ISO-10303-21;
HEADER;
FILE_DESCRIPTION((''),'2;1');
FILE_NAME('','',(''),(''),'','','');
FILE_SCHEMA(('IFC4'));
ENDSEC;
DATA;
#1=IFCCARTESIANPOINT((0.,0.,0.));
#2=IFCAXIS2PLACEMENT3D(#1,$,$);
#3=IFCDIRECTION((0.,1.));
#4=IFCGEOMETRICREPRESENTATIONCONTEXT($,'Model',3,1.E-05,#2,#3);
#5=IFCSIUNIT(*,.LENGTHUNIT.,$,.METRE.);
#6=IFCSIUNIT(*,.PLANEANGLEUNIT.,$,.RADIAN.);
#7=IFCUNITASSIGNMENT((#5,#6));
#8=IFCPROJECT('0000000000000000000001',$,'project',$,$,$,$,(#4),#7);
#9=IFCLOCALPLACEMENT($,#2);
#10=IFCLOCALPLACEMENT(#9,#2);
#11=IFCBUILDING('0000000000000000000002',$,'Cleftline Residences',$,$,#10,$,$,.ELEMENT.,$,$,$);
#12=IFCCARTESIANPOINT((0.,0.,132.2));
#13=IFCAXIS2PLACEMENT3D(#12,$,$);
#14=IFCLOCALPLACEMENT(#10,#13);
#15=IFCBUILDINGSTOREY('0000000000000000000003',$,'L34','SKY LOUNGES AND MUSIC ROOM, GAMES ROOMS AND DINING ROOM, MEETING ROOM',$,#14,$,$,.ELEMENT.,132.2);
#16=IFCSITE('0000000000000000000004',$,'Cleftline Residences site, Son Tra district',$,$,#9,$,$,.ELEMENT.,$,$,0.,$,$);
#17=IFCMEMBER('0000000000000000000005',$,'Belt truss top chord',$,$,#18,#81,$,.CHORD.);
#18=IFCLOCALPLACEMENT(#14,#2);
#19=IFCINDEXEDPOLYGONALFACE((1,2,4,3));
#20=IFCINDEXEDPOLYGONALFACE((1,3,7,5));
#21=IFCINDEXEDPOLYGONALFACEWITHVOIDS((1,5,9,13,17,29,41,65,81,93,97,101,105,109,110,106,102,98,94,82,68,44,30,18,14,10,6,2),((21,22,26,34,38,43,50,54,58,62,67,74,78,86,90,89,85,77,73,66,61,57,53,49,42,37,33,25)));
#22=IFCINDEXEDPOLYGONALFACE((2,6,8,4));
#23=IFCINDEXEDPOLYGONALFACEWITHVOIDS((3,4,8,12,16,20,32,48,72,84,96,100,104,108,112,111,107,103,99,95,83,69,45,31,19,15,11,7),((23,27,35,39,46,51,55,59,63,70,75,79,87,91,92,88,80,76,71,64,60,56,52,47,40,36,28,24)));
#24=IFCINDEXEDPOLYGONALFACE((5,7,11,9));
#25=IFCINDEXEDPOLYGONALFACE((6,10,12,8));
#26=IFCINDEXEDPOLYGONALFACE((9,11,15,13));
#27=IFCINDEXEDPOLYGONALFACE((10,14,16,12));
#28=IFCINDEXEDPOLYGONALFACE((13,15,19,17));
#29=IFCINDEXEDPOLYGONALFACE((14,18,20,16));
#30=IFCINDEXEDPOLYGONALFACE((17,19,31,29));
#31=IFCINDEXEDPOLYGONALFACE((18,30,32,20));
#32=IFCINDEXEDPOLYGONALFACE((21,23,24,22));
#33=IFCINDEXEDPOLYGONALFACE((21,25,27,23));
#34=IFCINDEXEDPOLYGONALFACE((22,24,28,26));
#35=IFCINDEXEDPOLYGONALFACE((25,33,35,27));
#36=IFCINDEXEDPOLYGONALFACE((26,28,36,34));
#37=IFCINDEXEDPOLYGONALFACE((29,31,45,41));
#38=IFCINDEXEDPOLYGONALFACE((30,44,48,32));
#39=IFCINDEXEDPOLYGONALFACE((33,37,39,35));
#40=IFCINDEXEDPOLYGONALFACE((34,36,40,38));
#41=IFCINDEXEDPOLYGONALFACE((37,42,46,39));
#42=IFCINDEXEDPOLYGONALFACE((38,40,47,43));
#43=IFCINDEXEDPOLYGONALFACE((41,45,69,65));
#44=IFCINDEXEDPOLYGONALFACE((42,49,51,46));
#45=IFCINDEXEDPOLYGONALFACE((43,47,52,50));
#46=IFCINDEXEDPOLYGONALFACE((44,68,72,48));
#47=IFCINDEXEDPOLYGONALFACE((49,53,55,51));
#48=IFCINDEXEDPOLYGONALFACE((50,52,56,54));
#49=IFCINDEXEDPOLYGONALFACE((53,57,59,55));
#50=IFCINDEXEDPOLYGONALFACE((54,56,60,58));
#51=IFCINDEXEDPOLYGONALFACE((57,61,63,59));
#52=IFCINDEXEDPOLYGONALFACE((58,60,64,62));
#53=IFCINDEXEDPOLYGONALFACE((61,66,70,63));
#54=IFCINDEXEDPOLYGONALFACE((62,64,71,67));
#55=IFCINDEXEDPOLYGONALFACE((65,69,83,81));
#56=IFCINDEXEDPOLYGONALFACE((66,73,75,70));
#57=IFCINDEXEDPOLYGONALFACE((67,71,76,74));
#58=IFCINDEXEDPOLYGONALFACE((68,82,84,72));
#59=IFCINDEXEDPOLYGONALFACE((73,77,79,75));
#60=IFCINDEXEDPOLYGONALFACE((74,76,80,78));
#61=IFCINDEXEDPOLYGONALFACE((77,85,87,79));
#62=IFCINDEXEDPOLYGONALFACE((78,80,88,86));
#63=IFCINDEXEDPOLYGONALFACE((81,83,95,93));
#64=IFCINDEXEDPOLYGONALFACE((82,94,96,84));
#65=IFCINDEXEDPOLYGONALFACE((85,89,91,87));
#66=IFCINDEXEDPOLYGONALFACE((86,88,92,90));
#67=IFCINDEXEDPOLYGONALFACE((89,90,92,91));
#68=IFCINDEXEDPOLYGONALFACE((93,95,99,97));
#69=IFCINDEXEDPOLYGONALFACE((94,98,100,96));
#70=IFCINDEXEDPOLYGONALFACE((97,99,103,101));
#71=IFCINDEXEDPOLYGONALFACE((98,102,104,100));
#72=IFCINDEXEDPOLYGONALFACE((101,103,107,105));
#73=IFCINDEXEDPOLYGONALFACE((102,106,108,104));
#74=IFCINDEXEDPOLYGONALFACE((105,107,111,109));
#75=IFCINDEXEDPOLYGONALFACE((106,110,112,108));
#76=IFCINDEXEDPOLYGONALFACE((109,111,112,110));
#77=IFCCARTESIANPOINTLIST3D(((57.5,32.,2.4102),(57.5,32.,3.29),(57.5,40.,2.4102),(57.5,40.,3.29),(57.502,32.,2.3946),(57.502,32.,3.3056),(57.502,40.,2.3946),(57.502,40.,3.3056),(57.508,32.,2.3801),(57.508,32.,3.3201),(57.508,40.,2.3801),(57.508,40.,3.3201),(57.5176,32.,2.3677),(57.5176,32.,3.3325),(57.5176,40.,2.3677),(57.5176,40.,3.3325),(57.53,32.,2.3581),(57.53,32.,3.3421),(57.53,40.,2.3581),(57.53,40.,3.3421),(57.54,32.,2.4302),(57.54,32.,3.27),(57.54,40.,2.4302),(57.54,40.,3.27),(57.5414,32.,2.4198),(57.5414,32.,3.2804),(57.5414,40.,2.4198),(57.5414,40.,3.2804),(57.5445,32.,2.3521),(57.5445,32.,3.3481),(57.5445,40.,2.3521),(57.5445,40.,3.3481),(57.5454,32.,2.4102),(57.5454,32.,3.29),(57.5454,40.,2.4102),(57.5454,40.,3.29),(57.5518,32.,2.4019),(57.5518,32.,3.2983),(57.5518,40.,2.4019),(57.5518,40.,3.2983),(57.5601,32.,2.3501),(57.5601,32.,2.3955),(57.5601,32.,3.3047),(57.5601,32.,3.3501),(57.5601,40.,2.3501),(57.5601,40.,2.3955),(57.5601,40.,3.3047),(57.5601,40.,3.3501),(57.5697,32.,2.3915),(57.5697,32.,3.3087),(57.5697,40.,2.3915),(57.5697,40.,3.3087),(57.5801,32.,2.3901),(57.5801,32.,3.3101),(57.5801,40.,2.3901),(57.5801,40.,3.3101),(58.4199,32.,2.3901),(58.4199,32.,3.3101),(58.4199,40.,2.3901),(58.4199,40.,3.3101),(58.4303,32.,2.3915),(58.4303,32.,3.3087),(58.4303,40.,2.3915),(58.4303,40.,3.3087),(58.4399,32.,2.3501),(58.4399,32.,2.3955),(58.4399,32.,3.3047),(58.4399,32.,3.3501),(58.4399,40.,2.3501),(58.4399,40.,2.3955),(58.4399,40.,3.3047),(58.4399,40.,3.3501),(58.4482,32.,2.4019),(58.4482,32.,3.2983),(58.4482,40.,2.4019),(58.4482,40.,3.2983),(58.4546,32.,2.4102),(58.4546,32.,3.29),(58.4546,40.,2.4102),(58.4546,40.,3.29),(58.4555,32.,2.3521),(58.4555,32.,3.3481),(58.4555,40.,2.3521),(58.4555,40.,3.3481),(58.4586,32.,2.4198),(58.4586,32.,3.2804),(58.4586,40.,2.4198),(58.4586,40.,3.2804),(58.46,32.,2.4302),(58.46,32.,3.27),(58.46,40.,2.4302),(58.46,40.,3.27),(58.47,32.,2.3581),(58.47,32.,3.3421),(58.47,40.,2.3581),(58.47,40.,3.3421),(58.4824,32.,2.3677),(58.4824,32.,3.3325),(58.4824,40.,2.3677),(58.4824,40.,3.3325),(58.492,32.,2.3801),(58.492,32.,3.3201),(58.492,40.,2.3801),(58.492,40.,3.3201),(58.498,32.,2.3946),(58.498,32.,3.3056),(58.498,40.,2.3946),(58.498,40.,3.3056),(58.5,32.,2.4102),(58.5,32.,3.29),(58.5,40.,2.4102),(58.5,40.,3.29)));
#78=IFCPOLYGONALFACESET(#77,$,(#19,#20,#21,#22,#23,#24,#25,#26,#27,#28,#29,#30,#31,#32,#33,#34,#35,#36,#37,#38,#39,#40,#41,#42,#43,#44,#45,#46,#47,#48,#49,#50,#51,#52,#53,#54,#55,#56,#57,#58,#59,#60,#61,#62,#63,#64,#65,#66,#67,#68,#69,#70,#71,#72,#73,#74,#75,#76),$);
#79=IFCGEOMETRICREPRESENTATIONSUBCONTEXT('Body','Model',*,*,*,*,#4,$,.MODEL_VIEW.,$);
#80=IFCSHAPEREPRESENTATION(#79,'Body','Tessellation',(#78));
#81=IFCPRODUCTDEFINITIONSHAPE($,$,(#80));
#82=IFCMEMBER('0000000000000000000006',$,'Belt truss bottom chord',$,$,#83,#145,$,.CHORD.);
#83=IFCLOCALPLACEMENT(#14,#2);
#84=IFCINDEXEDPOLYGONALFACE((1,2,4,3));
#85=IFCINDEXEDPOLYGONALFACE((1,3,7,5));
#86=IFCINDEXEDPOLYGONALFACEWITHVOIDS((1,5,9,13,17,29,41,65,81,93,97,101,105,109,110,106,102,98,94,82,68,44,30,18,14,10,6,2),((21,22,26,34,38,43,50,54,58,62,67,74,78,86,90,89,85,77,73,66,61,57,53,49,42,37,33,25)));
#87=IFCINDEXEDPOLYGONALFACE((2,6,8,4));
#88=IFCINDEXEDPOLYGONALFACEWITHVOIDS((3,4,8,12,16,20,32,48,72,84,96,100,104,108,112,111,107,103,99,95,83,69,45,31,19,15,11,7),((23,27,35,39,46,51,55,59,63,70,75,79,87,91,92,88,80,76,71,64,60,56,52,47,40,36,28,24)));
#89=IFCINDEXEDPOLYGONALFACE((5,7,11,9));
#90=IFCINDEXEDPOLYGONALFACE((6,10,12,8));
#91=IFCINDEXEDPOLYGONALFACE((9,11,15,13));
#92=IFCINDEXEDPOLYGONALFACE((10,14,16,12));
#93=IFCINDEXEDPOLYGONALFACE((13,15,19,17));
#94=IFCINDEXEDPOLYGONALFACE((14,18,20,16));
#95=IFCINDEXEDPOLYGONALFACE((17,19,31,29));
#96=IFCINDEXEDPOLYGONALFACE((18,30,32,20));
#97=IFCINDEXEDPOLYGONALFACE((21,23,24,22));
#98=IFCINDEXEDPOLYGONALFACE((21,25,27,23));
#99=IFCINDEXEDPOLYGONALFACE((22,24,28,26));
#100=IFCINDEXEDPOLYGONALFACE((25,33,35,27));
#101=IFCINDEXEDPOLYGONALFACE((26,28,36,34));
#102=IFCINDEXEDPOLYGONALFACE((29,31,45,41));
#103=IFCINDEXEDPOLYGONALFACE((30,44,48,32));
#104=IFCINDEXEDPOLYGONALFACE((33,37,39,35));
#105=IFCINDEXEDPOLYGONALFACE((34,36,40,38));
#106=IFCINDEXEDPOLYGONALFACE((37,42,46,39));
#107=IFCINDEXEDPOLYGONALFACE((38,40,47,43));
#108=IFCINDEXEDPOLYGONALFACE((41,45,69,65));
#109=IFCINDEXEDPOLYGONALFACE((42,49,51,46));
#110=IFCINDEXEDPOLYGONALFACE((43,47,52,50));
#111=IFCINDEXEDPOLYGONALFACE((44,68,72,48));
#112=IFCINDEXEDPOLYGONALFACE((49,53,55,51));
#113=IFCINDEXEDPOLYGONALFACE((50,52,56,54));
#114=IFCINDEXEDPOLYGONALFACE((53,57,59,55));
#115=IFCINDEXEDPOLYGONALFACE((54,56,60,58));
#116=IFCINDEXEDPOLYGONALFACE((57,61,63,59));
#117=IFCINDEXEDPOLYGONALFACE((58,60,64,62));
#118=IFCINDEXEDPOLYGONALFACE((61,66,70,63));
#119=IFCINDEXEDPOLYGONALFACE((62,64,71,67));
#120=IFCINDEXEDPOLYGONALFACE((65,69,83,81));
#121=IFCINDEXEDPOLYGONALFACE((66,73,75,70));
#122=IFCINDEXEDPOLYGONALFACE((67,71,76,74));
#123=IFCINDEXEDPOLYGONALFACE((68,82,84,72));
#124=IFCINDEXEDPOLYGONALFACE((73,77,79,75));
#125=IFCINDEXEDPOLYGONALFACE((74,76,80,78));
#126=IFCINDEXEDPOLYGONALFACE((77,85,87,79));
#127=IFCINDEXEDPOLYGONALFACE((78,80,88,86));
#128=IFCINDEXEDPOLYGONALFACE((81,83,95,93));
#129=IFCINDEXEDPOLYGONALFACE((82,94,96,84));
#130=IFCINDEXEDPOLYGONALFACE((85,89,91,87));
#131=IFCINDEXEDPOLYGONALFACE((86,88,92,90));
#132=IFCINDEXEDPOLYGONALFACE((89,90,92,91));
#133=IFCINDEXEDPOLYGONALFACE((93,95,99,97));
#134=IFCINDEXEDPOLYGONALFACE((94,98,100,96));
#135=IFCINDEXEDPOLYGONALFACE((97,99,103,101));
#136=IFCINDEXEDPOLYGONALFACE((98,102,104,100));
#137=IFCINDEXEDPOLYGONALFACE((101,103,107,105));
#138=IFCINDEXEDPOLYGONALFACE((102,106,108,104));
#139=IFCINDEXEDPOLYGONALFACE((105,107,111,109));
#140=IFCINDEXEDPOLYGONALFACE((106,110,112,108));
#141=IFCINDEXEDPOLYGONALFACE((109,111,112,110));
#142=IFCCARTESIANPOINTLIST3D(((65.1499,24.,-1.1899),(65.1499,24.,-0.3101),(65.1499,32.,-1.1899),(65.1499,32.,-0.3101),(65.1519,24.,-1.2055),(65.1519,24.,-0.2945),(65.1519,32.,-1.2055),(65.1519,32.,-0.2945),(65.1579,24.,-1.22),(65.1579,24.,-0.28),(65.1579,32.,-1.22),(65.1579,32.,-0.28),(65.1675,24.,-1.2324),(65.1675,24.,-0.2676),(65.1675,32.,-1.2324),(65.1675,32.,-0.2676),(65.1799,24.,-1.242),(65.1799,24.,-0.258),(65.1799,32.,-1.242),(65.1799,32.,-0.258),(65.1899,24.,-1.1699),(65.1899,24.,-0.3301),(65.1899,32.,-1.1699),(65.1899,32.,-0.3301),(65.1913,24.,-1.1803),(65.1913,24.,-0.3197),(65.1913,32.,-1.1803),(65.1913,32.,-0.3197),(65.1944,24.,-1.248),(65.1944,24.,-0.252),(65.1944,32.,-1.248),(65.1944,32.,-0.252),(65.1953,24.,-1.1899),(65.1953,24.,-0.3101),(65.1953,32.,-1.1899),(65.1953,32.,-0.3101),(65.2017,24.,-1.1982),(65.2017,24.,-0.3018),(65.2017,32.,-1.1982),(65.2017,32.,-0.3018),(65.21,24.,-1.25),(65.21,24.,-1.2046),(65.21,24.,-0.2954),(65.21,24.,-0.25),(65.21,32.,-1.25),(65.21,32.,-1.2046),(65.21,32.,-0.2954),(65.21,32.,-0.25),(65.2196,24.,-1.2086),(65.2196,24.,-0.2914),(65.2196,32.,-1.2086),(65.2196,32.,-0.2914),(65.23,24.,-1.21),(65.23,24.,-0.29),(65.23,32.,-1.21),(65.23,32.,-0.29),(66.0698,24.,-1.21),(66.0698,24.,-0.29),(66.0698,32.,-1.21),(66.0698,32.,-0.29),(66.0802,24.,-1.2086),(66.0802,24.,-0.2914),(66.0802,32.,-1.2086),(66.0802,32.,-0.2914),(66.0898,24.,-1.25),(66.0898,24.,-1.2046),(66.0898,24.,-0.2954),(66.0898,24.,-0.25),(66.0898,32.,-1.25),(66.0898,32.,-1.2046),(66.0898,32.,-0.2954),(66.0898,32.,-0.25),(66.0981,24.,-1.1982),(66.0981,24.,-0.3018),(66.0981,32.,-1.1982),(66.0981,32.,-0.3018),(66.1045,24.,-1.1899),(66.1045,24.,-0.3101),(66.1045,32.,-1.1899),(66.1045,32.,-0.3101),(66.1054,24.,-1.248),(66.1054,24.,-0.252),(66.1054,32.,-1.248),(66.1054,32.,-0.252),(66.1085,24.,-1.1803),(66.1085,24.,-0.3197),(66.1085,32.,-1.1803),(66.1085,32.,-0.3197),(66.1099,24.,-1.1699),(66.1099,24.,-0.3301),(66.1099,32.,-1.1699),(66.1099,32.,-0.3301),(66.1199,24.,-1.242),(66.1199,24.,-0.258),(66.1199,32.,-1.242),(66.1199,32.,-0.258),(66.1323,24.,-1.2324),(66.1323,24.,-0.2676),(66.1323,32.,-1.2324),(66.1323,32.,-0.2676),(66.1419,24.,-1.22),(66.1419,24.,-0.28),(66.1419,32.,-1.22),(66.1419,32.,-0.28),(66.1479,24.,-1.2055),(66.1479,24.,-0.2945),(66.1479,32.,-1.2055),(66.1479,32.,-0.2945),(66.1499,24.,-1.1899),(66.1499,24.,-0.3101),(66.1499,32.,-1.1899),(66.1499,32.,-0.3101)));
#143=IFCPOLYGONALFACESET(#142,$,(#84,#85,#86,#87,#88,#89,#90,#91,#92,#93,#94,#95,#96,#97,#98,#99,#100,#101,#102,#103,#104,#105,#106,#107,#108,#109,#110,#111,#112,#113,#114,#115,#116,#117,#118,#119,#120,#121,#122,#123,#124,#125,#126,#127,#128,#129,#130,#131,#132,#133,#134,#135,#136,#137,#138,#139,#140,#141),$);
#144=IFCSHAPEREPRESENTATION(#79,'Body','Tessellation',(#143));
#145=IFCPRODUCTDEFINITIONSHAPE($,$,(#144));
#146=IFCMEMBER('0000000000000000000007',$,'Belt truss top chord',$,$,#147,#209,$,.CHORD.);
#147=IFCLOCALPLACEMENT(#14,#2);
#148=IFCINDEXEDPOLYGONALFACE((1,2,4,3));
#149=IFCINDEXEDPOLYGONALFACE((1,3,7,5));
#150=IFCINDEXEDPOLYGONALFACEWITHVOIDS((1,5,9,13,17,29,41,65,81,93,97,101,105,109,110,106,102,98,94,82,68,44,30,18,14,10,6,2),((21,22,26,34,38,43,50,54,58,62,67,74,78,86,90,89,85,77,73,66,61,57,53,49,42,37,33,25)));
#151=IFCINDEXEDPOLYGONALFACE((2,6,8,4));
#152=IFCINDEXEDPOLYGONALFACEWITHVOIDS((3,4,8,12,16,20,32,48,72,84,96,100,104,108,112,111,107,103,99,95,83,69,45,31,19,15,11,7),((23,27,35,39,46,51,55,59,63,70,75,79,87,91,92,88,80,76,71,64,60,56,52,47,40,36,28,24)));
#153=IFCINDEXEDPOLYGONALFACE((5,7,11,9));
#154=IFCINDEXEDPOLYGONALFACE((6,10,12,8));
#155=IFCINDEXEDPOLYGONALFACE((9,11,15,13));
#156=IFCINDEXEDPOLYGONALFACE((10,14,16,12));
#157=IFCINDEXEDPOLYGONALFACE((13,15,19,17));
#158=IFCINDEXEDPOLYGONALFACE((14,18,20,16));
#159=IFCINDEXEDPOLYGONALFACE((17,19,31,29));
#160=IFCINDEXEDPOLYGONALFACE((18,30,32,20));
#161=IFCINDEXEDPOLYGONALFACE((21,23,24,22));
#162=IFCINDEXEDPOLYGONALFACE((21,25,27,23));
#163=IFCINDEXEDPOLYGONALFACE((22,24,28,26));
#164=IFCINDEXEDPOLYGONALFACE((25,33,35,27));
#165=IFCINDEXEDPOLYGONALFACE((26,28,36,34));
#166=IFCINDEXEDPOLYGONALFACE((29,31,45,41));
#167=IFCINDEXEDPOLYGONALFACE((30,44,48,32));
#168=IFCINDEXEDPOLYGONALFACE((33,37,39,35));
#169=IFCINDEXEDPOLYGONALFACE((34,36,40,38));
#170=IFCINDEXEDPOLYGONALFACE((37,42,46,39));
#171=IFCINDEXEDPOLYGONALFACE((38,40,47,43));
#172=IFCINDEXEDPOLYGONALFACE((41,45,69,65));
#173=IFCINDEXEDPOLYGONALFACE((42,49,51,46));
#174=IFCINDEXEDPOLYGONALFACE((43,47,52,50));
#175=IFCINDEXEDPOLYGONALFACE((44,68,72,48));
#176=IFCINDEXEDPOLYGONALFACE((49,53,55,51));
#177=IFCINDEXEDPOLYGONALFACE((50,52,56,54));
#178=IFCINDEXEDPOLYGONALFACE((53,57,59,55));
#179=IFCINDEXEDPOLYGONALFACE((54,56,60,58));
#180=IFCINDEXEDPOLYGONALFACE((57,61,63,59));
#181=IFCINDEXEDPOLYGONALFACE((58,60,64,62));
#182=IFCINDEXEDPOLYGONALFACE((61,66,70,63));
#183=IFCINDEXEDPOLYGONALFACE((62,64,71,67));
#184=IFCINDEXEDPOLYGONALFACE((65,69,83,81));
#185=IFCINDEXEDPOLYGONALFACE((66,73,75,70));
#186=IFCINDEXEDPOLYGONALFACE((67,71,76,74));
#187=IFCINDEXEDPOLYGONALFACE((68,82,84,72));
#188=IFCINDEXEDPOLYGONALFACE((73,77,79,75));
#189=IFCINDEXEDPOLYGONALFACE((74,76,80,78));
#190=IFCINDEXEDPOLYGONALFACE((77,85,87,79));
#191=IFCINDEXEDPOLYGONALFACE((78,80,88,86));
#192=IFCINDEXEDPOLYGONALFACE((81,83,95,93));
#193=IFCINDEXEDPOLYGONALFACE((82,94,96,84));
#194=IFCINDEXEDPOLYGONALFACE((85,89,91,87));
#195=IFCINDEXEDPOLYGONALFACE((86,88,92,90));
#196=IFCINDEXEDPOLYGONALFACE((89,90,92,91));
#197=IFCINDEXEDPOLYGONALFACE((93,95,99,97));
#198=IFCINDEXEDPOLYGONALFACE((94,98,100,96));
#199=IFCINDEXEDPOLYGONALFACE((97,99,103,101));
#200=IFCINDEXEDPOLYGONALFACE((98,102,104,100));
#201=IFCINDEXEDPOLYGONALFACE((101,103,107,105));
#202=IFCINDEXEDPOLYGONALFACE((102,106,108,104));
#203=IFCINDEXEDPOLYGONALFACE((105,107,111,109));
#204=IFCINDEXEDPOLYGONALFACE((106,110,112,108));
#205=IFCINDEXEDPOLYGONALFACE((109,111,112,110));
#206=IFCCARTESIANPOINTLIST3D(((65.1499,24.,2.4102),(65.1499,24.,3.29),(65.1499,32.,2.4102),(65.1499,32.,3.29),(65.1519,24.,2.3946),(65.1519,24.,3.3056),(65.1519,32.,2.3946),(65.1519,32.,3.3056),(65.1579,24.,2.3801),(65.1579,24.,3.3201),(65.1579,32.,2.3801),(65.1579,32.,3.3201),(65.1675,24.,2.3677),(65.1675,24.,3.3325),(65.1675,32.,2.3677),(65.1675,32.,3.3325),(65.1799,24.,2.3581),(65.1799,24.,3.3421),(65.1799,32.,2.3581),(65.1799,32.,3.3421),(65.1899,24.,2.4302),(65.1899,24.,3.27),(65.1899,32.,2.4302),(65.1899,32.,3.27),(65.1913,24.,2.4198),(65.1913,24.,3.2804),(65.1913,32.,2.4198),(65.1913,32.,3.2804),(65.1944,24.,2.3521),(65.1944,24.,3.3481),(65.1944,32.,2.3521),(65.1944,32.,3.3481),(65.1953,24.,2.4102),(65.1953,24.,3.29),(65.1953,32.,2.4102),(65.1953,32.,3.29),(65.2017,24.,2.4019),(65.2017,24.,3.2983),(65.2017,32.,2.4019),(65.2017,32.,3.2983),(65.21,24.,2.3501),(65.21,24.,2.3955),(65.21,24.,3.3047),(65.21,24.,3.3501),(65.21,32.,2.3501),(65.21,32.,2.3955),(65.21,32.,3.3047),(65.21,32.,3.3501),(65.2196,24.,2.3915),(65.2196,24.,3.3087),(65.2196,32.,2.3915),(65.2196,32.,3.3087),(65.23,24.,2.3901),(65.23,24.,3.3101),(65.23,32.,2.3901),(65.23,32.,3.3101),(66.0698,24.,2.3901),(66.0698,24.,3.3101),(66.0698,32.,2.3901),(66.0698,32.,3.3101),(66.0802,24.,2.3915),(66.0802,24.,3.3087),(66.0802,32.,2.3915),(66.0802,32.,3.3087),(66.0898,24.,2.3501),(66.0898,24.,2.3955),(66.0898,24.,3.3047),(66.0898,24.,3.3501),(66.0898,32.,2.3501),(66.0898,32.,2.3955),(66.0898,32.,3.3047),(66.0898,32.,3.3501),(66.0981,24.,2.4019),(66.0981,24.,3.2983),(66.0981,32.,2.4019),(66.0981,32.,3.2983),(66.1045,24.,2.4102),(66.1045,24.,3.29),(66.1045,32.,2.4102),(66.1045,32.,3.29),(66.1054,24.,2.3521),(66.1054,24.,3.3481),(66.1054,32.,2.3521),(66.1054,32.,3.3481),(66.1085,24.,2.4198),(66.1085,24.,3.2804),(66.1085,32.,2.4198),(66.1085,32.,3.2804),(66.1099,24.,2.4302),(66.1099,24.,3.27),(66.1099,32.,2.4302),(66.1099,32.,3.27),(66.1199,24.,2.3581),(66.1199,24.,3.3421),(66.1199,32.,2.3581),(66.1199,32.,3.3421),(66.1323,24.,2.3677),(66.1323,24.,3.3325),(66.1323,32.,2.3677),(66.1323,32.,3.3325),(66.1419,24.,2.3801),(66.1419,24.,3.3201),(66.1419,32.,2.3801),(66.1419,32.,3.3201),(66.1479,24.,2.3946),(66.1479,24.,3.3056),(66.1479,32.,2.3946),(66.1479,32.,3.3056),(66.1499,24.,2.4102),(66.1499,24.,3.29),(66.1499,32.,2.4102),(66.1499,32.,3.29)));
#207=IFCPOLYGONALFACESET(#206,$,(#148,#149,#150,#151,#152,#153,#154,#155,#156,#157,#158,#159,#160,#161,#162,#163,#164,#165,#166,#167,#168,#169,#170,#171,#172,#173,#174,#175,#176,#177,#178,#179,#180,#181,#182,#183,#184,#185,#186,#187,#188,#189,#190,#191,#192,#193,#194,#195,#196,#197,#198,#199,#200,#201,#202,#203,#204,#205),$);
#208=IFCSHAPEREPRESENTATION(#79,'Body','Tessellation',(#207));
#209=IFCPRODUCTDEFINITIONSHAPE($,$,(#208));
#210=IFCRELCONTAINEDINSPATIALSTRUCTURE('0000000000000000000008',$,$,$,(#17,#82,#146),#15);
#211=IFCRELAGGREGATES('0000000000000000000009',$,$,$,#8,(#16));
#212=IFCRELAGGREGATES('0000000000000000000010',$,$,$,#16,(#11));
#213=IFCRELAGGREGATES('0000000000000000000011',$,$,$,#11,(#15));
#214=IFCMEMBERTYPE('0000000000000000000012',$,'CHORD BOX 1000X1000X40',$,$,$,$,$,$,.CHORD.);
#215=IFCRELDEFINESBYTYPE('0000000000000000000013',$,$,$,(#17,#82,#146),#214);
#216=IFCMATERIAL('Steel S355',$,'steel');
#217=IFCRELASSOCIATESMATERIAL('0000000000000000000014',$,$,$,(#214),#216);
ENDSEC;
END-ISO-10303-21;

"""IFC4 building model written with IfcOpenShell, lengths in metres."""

from ifc_helpers import new_model, si_unit, direction, frame, origin, origin_2d, place, context, subcontext, project, spatial, hollow_rectangle, extrude, material, material_profile, profile_set, type_object, element, save


model = new_model("IFC4")

# Units and contexts
model_context = context("Model", 3, precision=1e-05, world=origin(), true_north=direction((0.0, 1.0)))
body_context = subcontext(model_context, "Body", "Model", "MODEL_VIEW")
ifc_project = project(units=[si_unit("LENGTHUNIT", "METRE"), si_unit("PLANEANGLEUNIT", "RADIAN")], contexts=[model_context])

# Site, building, storey
site_placement = place(None, origin())
site = spatial("IfcSite", under=ifc_project, at=site_placement, Name="Cleftline Residences site, Son Tra district", CompositionType="ELEMENT", RefElevation=0.0)
building_placement = place(site_placement, origin())
building = spatial("IfcBuilding", under=site, at=building_placement, Name="Cleftline Residences", CompositionType="ELEMENT")
storey_placement = place(building_placement, frame((0.0, 0.0, 132.2)))
storey = spatial("IfcBuildingStorey", under=building, at=storey_placement, Name="L34", Description="SKY LOUNGES AND MUSIC ROOM, GAMES ROOMS AND DINING ROOM, MEETING ROOM", CompositionType="ELEMENT", Elevation=132.2)

# Members
ifc_material_1 = material(Name="Steel S355", Category="steel")
ifc_material_profile_1 = material_profile(ifc_material_1, hollow_rectangle(XDim=1.0, YDim=1.0, WallThickness=0.04, InnerFilletRadius=0.04, OuterFilletRadius=0.0601, at=origin_2d()))
ifc_profile_set_1 = profile_set([ifc_material_profile_1], Name="Steel S355")
member_type_1 = type_object("IfcMemberType", Name="CHORD BOX 1000X1000X40", PredefinedType="CHORD", material=ifc_profile_set_1)
for number, where, z_axis, x_axis, name in (
    (1, (58.0, 32.0, 2.8501), (0.0, 1.0, 0.0), (-1.0, 0.0, 0.0), "Belt truss top chord"),
    (2, (65.6499, 24.0, -0.75), (0.0, 1.0, 0.0), (-1.0, 0.0, 0.0), "Belt truss bottom chord"),
    (3, (65.6499, 24.0, 2.8501), (0.0, 1.0, 0.0), (-1.0, 0.0, 0.0), "Belt truss top chord"),
):
    element("IfcMember", number, at=place(storey_placement, frame(where, z_axis=z_axis, x_axis=x_axis)), inside=storey, type_object=member_type_1, Name=name, PredefinedType="CHORD", context=body_context, shape_type="SweptSolid", body=[
        extrude(hollow_rectangle(XDim=1.0, YDim=1.0, WallThickness=0.04, InnerFilletRadius=0.04, OuterFilletRadius=0.0601, at=origin_2d()), origin(), (0.0, 0.0, 1.0), 8.0),
    ])

save(model, "model.ifc")
